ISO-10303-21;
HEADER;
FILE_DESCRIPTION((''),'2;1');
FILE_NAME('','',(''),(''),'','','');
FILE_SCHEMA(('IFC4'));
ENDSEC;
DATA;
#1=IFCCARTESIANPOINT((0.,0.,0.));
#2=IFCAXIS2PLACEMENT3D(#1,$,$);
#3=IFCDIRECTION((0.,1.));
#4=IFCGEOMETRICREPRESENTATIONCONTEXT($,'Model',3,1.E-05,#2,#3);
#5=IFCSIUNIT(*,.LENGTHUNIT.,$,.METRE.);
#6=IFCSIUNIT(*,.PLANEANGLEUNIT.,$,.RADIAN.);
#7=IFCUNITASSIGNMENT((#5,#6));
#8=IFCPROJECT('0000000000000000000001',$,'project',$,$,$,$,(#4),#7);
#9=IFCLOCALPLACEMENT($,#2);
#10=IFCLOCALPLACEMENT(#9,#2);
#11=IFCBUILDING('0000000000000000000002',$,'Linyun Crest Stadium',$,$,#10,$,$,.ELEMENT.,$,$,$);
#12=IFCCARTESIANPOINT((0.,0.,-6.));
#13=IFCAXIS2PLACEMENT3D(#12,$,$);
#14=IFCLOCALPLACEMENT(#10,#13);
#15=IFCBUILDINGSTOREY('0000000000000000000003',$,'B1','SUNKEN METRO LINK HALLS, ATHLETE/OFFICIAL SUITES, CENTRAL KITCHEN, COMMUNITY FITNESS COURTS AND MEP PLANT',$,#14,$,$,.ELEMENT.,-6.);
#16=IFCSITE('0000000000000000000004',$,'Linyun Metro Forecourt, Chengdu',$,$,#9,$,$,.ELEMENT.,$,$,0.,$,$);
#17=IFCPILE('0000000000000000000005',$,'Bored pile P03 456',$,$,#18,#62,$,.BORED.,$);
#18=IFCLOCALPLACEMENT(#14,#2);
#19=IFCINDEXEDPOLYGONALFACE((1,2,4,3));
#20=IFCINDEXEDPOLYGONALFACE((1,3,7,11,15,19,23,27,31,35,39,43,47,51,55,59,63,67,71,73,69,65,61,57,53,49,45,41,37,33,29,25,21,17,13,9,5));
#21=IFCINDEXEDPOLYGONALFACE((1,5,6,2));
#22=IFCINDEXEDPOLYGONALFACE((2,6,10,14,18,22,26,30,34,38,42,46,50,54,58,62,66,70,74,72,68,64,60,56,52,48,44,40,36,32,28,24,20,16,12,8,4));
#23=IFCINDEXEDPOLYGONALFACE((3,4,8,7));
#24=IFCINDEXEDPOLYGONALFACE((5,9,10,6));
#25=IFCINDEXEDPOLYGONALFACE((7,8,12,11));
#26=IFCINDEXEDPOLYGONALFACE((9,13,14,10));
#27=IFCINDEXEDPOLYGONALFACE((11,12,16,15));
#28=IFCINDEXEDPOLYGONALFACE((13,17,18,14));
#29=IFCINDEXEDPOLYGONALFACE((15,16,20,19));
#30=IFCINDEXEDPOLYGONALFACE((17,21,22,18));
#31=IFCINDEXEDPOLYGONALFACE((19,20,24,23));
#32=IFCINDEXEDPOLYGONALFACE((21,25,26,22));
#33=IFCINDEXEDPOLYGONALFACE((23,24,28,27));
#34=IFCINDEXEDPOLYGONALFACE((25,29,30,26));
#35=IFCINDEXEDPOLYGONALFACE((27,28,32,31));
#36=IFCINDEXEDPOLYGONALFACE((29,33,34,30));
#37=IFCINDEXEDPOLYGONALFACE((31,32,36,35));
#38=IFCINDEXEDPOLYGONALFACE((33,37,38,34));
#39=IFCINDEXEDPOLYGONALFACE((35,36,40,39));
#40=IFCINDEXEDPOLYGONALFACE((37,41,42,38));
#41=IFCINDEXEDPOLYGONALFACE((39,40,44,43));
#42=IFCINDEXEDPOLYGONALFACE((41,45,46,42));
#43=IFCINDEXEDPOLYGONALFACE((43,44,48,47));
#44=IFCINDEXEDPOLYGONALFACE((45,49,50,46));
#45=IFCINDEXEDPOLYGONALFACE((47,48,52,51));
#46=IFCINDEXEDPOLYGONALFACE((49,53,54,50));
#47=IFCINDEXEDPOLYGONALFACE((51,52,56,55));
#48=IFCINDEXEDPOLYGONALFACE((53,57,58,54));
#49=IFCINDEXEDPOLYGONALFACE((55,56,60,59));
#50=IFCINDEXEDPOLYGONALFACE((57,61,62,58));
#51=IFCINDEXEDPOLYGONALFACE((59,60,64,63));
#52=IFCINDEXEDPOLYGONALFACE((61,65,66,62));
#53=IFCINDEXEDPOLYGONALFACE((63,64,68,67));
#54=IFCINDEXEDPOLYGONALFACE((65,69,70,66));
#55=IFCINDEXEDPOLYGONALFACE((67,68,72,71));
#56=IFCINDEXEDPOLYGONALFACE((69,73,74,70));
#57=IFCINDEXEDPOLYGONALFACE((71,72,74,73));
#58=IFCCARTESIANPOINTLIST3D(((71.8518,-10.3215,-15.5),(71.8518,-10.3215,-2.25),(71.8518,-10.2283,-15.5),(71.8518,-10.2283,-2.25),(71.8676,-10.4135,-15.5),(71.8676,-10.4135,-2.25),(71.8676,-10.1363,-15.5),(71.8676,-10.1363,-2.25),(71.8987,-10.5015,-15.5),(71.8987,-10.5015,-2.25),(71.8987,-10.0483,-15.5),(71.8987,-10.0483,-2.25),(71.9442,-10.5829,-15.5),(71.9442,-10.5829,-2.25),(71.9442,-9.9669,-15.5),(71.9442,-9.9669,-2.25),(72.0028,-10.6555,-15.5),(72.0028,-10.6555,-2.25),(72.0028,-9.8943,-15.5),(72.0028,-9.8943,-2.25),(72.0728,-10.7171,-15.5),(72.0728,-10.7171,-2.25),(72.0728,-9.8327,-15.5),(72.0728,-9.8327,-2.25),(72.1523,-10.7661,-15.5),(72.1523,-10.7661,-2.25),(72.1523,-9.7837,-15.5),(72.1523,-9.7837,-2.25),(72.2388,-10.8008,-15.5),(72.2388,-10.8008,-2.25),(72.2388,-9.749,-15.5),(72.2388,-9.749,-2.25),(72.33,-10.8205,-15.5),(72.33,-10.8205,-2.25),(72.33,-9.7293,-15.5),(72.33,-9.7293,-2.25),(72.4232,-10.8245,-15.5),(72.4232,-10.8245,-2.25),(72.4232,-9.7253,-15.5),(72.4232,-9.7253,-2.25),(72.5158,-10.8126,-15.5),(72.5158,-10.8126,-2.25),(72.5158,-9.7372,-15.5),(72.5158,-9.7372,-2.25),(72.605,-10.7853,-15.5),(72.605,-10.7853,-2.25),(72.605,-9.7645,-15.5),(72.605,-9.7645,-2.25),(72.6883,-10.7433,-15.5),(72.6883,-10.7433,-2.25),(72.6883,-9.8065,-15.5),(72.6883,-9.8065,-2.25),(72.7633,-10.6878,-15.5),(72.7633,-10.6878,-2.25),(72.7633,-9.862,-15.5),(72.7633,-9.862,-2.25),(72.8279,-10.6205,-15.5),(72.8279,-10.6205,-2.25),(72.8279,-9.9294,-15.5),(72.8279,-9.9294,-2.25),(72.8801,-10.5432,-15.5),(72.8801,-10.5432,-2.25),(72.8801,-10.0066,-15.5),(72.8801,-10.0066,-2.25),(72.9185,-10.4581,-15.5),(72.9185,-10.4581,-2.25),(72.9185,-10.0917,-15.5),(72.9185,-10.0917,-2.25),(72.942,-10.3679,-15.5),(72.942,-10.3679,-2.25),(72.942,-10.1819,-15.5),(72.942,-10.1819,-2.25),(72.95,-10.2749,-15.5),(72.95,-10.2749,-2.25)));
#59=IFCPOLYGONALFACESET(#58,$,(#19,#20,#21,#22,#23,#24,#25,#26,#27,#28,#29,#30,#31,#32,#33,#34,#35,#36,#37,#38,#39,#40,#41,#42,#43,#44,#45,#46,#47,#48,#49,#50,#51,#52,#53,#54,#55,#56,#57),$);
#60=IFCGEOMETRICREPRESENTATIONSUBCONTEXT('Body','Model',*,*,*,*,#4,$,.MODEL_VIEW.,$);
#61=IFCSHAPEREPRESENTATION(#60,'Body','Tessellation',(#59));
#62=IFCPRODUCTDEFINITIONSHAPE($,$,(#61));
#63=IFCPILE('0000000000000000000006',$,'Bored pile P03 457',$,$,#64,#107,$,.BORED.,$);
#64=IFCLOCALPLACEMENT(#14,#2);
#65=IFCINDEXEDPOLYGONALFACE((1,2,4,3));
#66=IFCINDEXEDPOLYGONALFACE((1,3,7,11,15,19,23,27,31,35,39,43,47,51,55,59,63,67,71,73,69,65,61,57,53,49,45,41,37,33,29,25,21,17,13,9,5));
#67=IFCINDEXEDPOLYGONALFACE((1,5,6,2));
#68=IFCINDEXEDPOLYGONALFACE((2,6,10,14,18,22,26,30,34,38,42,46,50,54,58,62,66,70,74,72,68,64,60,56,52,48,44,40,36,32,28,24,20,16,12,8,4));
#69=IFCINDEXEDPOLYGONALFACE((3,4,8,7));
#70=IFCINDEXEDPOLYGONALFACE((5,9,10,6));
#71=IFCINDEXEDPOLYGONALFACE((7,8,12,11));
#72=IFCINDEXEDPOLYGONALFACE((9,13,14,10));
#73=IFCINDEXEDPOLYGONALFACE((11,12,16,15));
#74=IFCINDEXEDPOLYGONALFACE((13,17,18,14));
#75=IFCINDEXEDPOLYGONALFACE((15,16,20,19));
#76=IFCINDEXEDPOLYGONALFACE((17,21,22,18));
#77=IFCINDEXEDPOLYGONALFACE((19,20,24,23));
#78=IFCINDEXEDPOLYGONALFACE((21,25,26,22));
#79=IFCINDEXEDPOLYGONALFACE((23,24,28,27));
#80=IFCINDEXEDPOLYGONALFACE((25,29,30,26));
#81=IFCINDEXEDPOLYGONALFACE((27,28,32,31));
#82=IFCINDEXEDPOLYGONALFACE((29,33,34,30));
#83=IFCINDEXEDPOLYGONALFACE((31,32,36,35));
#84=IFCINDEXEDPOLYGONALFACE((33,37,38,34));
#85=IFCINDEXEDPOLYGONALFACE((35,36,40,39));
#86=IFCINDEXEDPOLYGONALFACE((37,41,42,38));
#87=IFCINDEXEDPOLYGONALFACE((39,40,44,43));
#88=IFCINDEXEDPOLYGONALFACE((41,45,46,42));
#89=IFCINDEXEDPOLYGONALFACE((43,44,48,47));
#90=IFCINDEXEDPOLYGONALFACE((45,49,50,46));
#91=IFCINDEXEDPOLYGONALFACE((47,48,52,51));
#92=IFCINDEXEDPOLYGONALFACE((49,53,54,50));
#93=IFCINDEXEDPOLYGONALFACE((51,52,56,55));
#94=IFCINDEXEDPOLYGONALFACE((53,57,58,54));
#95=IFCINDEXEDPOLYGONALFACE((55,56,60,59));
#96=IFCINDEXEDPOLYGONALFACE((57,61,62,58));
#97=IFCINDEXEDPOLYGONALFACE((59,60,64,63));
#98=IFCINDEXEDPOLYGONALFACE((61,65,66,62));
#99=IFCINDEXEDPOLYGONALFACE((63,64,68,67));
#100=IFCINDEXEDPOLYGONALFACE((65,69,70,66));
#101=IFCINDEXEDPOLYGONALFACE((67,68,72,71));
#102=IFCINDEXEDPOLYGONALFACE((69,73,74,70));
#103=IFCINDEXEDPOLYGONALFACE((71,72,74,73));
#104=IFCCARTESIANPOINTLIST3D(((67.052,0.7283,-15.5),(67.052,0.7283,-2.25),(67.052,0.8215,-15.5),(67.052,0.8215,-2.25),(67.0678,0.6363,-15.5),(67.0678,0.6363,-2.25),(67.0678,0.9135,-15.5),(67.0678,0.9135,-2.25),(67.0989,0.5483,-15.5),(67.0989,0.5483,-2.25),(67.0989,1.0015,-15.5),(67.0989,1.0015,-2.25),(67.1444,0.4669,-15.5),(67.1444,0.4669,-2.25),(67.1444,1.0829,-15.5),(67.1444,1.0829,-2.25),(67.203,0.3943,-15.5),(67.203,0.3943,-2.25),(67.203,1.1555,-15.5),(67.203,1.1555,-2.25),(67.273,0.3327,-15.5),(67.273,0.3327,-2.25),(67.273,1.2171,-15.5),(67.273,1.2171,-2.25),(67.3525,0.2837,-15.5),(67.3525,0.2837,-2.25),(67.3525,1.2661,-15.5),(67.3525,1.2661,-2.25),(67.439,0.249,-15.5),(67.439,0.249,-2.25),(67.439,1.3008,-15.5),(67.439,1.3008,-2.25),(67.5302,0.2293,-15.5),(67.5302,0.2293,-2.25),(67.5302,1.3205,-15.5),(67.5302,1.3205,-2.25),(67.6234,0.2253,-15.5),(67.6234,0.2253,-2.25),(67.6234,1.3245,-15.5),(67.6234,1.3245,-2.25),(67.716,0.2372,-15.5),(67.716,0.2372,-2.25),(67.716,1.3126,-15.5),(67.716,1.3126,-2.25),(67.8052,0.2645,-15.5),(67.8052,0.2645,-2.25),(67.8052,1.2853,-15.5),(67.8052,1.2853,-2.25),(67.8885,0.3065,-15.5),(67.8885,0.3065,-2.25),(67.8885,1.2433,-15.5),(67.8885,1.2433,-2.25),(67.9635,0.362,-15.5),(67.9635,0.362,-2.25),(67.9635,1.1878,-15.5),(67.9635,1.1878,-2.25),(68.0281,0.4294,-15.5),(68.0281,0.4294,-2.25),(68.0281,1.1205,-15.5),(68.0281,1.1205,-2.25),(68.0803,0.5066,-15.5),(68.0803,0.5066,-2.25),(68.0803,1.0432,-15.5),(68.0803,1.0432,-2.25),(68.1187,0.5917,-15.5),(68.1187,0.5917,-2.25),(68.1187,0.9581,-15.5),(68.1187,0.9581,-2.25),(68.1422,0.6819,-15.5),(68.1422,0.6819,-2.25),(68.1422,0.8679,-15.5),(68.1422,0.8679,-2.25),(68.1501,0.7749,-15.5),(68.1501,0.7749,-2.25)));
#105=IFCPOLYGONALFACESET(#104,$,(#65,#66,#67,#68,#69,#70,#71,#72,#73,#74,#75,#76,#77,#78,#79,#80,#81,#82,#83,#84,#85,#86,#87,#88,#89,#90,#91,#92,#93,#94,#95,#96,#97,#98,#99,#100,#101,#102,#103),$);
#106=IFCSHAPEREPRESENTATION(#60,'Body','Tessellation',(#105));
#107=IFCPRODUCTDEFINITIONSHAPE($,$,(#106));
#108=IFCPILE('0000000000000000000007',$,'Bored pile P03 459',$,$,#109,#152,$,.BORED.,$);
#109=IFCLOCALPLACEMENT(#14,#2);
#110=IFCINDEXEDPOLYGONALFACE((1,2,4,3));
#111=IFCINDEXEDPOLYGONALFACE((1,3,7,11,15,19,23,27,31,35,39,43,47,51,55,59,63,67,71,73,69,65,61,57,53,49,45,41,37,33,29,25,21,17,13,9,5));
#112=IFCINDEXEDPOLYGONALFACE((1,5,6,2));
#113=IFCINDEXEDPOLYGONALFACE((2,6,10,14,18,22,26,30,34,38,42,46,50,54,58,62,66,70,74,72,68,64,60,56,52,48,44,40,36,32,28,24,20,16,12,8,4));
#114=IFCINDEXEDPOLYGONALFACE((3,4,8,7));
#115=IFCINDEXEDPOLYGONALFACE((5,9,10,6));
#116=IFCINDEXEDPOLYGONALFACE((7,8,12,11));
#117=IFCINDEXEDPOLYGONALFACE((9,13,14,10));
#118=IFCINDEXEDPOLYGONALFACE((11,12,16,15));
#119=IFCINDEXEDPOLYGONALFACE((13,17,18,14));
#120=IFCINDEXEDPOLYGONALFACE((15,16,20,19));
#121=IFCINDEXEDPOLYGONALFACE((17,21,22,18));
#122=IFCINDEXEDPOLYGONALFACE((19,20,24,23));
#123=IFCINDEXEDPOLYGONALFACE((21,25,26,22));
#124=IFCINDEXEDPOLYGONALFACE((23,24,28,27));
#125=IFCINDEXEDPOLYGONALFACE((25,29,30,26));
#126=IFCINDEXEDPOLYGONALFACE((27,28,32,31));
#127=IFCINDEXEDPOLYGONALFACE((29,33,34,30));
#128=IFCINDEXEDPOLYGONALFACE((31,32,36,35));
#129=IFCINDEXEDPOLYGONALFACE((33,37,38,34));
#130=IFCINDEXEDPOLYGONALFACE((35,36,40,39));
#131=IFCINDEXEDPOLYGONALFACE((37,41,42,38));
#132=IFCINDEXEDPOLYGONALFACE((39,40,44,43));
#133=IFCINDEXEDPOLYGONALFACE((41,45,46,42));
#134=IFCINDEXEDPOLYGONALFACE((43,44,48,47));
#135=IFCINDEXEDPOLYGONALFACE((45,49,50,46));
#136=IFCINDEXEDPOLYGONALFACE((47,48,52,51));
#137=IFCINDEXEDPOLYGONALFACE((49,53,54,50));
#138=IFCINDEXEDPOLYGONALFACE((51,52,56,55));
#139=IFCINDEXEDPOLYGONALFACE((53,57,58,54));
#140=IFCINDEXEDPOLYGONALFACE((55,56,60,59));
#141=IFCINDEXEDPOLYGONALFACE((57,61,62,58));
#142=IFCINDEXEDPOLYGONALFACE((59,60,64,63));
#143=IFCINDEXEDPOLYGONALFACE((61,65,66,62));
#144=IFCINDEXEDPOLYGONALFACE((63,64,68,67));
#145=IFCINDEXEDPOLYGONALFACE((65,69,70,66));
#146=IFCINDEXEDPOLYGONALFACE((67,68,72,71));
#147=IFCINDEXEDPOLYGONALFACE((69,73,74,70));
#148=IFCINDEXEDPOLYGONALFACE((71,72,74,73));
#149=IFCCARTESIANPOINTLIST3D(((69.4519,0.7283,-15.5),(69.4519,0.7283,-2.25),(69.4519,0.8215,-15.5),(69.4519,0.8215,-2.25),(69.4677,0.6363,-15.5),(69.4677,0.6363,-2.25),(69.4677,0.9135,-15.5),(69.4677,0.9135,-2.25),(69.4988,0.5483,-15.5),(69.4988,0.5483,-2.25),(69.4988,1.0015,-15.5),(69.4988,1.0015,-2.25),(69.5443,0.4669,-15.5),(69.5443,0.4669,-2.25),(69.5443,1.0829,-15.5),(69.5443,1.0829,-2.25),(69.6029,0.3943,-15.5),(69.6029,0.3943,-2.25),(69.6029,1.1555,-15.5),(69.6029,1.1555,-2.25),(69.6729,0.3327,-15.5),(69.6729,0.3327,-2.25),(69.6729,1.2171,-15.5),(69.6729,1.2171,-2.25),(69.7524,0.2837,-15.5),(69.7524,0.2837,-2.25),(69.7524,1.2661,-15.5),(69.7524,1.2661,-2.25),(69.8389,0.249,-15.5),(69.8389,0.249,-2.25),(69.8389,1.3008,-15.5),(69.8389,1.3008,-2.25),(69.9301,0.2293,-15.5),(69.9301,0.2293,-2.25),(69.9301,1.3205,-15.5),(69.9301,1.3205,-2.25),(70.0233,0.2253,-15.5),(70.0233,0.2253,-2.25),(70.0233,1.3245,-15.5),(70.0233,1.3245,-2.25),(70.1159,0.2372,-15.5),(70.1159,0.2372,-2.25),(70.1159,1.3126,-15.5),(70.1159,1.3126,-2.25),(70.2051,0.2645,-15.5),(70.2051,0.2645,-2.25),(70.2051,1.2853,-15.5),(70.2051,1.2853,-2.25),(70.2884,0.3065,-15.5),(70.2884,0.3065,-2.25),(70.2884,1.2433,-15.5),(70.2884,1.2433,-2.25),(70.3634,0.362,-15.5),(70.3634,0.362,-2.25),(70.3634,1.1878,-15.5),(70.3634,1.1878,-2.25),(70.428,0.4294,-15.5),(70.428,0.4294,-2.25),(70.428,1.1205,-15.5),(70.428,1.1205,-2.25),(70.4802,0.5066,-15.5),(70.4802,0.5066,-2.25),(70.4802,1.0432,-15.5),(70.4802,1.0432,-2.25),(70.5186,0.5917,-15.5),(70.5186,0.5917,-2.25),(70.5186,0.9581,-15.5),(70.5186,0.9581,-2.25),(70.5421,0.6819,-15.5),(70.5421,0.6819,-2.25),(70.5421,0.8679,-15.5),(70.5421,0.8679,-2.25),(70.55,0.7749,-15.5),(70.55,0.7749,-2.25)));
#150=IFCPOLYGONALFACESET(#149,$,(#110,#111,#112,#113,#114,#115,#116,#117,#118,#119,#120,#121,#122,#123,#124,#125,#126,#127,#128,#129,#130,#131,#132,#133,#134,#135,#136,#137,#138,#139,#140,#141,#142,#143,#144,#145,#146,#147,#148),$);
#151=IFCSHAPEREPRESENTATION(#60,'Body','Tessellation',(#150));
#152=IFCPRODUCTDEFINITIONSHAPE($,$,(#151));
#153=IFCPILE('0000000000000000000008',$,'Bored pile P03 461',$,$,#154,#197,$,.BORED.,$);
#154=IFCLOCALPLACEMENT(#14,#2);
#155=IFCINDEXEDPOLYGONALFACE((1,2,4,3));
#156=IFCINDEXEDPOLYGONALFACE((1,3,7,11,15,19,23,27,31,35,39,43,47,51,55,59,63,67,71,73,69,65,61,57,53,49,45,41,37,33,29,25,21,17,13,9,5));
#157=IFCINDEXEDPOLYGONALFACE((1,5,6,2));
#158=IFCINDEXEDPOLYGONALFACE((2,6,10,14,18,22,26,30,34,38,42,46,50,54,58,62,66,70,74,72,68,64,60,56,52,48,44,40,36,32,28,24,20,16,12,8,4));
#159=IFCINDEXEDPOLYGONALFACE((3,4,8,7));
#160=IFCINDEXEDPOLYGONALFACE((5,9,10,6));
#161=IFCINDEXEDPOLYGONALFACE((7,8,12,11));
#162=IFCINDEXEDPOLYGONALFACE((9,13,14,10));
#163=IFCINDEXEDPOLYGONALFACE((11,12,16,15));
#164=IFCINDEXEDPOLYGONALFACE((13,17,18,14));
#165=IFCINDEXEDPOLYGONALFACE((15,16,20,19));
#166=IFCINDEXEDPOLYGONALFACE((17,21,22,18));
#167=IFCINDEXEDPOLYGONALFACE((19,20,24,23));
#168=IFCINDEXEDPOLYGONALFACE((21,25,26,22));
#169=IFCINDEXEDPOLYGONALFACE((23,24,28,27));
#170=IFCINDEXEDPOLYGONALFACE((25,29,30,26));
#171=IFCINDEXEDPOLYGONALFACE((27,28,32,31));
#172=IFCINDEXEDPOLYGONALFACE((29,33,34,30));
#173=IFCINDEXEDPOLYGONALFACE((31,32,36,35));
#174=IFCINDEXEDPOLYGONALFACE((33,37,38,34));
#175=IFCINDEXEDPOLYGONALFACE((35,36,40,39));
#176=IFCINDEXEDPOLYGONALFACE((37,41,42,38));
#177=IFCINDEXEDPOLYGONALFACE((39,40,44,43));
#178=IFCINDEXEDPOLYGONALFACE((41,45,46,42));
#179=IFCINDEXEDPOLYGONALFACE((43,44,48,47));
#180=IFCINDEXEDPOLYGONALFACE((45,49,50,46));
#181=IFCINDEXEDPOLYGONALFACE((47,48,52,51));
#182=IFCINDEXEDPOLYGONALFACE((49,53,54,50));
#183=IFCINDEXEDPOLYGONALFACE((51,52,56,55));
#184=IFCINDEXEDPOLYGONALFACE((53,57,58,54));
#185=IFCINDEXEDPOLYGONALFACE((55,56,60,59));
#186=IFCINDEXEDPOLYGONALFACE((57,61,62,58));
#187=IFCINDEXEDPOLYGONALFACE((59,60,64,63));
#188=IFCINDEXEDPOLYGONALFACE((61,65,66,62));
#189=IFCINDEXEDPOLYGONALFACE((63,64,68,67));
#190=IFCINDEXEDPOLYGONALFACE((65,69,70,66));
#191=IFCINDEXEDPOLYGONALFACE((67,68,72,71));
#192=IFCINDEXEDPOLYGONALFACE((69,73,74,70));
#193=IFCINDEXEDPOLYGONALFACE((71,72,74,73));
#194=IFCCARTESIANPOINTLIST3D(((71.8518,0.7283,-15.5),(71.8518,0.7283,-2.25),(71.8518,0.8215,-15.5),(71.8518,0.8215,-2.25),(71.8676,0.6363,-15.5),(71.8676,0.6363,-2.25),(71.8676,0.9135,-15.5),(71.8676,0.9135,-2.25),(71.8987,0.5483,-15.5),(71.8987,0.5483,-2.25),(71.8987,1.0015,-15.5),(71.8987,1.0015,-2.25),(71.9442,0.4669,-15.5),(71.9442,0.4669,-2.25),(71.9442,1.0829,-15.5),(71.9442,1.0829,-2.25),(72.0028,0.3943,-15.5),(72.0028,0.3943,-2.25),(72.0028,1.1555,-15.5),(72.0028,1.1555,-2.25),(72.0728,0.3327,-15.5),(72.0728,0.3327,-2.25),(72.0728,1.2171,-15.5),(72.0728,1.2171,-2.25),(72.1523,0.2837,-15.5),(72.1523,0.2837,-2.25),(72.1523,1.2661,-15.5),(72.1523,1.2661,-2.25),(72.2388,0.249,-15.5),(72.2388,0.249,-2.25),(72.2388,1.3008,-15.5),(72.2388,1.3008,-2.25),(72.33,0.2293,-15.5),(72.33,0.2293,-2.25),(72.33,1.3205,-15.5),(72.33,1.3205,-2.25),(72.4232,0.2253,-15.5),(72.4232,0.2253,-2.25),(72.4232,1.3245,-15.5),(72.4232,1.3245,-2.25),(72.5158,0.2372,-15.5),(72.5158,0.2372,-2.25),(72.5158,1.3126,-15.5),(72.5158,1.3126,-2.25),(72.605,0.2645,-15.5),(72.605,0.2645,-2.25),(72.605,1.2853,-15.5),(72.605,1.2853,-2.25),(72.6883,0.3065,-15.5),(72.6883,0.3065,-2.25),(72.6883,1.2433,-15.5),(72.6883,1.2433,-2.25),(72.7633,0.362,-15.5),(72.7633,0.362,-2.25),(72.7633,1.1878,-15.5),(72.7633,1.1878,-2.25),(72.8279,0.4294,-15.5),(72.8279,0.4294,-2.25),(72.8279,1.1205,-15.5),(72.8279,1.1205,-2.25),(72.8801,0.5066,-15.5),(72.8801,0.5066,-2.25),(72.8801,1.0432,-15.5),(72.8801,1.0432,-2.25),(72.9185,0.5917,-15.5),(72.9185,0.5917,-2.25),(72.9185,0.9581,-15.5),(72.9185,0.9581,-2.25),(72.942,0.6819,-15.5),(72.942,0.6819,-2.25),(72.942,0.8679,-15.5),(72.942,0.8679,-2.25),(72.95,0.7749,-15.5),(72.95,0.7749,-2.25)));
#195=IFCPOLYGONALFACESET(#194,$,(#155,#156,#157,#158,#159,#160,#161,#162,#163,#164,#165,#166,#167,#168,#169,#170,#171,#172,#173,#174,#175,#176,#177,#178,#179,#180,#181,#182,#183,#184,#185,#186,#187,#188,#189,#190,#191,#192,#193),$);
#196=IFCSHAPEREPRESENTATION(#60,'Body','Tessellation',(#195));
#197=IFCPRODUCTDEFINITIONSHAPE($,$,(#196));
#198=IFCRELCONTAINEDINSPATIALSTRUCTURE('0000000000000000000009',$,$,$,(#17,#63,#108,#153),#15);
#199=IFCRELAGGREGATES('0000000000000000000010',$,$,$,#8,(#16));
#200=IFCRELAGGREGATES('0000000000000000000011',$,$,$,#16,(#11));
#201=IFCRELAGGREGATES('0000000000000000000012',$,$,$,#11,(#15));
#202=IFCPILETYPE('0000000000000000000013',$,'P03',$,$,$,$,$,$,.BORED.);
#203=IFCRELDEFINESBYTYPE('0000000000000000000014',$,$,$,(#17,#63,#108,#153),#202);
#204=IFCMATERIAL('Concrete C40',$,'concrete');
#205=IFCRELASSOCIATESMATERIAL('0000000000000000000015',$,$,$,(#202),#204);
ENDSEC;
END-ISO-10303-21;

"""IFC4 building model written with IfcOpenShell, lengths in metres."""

from ifc_helpers import new_model, si_unit, direction, frame, origin, origin_2d, place, context, subcontext, project, spatial, circle, extrude, material, material_profile, profile_set, type_object, element, save


model = new_model("IFC4")

# Units and contexts
model_context = context("Model", 3, precision=1e-05, world=origin(), true_north=direction((0.0, 1.0)))
body_context = subcontext(model_context, "Body", "Model", "MODEL_VIEW")
ifc_project = project(units=[si_unit("LENGTHUNIT", "METRE"), si_unit("PLANEANGLEUNIT", "RADIAN")], contexts=[model_context])

# Site, building, storey
site_placement = place(None, origin())
site = spatial("IfcSite", under=ifc_project, at=site_placement, Name="Linyun Metro Forecourt, Chengdu", CompositionType="ELEMENT", RefElevation=0.0)
building_placement = place(site_placement, origin())
building = spatial("IfcBuilding", under=site, at=building_placement, Name="Linyun Crest Stadium", CompositionType="ELEMENT")
storey_placement = place(building_placement, frame((0.0, 0.0, -6.0)))
storey = spatial("IfcBuildingStorey", under=building, at=storey_placement, Name="B1", Description="SUNKEN METRO LINK HALLS, ATHLETE/OFFICIAL SUITES, CENTRAL KITCHEN, COMMUNITY FITNESS COURTS AND MEP PLANT", CompositionType="ELEMENT", Elevation=-6.0)

# Piles
ifc_material_1 = material(Name="Concrete C40", Category="concrete")
ifc_material_profile_1 = material_profile(ifc_material_1, circle(Radius=0.55, at=origin_2d()), Name="BORED PILE 1100")
ifc_profile_set_1 = profile_set([ifc_material_profile_1], Name="Concrete C40")
pile_type = type_object("IfcPileType", Name="P03", PredefinedType="BORED", material=ifc_profile_set_1)
for number, where, z_axis, x_axis, name in (
    (1, (72.3999, -10.2749, -2.25), (0.0, 0.0, -1.0), (1.0, 0.0, 0.0), "Bored pile P03 456"),
    (2, (67.6001, 0.7749, -2.25), (0.0, 0.0, -1.0), (1.0, 0.0, 0.0), "Bored pile P03 457"),
    (3, (70.0, 0.7749, -2.25), (0.0, 0.0, -1.0), (1.0, 0.0, 0.0), "Bored pile P03 459"),
    (4, (72.3999, 0.7749, -2.25), (0.0, 0.0, -1.0), (1.0, 0.0, 0.0), "Bored pile P03 461"),
):
    element("IfcPile", number, at=place(storey_placement, frame(where, z_axis=z_axis, x_axis=x_axis)), inside=storey, type_object=pile_type, Name=name, PredefinedType="BORED", context=body_context, shape_type="SweptSolid", body=[
        extrude(circle(Radius=0.55, at=origin_2d()), origin(), (0.0, 0.0, 1.0), 13.25),
    ])

save(model, "model.ifc")
